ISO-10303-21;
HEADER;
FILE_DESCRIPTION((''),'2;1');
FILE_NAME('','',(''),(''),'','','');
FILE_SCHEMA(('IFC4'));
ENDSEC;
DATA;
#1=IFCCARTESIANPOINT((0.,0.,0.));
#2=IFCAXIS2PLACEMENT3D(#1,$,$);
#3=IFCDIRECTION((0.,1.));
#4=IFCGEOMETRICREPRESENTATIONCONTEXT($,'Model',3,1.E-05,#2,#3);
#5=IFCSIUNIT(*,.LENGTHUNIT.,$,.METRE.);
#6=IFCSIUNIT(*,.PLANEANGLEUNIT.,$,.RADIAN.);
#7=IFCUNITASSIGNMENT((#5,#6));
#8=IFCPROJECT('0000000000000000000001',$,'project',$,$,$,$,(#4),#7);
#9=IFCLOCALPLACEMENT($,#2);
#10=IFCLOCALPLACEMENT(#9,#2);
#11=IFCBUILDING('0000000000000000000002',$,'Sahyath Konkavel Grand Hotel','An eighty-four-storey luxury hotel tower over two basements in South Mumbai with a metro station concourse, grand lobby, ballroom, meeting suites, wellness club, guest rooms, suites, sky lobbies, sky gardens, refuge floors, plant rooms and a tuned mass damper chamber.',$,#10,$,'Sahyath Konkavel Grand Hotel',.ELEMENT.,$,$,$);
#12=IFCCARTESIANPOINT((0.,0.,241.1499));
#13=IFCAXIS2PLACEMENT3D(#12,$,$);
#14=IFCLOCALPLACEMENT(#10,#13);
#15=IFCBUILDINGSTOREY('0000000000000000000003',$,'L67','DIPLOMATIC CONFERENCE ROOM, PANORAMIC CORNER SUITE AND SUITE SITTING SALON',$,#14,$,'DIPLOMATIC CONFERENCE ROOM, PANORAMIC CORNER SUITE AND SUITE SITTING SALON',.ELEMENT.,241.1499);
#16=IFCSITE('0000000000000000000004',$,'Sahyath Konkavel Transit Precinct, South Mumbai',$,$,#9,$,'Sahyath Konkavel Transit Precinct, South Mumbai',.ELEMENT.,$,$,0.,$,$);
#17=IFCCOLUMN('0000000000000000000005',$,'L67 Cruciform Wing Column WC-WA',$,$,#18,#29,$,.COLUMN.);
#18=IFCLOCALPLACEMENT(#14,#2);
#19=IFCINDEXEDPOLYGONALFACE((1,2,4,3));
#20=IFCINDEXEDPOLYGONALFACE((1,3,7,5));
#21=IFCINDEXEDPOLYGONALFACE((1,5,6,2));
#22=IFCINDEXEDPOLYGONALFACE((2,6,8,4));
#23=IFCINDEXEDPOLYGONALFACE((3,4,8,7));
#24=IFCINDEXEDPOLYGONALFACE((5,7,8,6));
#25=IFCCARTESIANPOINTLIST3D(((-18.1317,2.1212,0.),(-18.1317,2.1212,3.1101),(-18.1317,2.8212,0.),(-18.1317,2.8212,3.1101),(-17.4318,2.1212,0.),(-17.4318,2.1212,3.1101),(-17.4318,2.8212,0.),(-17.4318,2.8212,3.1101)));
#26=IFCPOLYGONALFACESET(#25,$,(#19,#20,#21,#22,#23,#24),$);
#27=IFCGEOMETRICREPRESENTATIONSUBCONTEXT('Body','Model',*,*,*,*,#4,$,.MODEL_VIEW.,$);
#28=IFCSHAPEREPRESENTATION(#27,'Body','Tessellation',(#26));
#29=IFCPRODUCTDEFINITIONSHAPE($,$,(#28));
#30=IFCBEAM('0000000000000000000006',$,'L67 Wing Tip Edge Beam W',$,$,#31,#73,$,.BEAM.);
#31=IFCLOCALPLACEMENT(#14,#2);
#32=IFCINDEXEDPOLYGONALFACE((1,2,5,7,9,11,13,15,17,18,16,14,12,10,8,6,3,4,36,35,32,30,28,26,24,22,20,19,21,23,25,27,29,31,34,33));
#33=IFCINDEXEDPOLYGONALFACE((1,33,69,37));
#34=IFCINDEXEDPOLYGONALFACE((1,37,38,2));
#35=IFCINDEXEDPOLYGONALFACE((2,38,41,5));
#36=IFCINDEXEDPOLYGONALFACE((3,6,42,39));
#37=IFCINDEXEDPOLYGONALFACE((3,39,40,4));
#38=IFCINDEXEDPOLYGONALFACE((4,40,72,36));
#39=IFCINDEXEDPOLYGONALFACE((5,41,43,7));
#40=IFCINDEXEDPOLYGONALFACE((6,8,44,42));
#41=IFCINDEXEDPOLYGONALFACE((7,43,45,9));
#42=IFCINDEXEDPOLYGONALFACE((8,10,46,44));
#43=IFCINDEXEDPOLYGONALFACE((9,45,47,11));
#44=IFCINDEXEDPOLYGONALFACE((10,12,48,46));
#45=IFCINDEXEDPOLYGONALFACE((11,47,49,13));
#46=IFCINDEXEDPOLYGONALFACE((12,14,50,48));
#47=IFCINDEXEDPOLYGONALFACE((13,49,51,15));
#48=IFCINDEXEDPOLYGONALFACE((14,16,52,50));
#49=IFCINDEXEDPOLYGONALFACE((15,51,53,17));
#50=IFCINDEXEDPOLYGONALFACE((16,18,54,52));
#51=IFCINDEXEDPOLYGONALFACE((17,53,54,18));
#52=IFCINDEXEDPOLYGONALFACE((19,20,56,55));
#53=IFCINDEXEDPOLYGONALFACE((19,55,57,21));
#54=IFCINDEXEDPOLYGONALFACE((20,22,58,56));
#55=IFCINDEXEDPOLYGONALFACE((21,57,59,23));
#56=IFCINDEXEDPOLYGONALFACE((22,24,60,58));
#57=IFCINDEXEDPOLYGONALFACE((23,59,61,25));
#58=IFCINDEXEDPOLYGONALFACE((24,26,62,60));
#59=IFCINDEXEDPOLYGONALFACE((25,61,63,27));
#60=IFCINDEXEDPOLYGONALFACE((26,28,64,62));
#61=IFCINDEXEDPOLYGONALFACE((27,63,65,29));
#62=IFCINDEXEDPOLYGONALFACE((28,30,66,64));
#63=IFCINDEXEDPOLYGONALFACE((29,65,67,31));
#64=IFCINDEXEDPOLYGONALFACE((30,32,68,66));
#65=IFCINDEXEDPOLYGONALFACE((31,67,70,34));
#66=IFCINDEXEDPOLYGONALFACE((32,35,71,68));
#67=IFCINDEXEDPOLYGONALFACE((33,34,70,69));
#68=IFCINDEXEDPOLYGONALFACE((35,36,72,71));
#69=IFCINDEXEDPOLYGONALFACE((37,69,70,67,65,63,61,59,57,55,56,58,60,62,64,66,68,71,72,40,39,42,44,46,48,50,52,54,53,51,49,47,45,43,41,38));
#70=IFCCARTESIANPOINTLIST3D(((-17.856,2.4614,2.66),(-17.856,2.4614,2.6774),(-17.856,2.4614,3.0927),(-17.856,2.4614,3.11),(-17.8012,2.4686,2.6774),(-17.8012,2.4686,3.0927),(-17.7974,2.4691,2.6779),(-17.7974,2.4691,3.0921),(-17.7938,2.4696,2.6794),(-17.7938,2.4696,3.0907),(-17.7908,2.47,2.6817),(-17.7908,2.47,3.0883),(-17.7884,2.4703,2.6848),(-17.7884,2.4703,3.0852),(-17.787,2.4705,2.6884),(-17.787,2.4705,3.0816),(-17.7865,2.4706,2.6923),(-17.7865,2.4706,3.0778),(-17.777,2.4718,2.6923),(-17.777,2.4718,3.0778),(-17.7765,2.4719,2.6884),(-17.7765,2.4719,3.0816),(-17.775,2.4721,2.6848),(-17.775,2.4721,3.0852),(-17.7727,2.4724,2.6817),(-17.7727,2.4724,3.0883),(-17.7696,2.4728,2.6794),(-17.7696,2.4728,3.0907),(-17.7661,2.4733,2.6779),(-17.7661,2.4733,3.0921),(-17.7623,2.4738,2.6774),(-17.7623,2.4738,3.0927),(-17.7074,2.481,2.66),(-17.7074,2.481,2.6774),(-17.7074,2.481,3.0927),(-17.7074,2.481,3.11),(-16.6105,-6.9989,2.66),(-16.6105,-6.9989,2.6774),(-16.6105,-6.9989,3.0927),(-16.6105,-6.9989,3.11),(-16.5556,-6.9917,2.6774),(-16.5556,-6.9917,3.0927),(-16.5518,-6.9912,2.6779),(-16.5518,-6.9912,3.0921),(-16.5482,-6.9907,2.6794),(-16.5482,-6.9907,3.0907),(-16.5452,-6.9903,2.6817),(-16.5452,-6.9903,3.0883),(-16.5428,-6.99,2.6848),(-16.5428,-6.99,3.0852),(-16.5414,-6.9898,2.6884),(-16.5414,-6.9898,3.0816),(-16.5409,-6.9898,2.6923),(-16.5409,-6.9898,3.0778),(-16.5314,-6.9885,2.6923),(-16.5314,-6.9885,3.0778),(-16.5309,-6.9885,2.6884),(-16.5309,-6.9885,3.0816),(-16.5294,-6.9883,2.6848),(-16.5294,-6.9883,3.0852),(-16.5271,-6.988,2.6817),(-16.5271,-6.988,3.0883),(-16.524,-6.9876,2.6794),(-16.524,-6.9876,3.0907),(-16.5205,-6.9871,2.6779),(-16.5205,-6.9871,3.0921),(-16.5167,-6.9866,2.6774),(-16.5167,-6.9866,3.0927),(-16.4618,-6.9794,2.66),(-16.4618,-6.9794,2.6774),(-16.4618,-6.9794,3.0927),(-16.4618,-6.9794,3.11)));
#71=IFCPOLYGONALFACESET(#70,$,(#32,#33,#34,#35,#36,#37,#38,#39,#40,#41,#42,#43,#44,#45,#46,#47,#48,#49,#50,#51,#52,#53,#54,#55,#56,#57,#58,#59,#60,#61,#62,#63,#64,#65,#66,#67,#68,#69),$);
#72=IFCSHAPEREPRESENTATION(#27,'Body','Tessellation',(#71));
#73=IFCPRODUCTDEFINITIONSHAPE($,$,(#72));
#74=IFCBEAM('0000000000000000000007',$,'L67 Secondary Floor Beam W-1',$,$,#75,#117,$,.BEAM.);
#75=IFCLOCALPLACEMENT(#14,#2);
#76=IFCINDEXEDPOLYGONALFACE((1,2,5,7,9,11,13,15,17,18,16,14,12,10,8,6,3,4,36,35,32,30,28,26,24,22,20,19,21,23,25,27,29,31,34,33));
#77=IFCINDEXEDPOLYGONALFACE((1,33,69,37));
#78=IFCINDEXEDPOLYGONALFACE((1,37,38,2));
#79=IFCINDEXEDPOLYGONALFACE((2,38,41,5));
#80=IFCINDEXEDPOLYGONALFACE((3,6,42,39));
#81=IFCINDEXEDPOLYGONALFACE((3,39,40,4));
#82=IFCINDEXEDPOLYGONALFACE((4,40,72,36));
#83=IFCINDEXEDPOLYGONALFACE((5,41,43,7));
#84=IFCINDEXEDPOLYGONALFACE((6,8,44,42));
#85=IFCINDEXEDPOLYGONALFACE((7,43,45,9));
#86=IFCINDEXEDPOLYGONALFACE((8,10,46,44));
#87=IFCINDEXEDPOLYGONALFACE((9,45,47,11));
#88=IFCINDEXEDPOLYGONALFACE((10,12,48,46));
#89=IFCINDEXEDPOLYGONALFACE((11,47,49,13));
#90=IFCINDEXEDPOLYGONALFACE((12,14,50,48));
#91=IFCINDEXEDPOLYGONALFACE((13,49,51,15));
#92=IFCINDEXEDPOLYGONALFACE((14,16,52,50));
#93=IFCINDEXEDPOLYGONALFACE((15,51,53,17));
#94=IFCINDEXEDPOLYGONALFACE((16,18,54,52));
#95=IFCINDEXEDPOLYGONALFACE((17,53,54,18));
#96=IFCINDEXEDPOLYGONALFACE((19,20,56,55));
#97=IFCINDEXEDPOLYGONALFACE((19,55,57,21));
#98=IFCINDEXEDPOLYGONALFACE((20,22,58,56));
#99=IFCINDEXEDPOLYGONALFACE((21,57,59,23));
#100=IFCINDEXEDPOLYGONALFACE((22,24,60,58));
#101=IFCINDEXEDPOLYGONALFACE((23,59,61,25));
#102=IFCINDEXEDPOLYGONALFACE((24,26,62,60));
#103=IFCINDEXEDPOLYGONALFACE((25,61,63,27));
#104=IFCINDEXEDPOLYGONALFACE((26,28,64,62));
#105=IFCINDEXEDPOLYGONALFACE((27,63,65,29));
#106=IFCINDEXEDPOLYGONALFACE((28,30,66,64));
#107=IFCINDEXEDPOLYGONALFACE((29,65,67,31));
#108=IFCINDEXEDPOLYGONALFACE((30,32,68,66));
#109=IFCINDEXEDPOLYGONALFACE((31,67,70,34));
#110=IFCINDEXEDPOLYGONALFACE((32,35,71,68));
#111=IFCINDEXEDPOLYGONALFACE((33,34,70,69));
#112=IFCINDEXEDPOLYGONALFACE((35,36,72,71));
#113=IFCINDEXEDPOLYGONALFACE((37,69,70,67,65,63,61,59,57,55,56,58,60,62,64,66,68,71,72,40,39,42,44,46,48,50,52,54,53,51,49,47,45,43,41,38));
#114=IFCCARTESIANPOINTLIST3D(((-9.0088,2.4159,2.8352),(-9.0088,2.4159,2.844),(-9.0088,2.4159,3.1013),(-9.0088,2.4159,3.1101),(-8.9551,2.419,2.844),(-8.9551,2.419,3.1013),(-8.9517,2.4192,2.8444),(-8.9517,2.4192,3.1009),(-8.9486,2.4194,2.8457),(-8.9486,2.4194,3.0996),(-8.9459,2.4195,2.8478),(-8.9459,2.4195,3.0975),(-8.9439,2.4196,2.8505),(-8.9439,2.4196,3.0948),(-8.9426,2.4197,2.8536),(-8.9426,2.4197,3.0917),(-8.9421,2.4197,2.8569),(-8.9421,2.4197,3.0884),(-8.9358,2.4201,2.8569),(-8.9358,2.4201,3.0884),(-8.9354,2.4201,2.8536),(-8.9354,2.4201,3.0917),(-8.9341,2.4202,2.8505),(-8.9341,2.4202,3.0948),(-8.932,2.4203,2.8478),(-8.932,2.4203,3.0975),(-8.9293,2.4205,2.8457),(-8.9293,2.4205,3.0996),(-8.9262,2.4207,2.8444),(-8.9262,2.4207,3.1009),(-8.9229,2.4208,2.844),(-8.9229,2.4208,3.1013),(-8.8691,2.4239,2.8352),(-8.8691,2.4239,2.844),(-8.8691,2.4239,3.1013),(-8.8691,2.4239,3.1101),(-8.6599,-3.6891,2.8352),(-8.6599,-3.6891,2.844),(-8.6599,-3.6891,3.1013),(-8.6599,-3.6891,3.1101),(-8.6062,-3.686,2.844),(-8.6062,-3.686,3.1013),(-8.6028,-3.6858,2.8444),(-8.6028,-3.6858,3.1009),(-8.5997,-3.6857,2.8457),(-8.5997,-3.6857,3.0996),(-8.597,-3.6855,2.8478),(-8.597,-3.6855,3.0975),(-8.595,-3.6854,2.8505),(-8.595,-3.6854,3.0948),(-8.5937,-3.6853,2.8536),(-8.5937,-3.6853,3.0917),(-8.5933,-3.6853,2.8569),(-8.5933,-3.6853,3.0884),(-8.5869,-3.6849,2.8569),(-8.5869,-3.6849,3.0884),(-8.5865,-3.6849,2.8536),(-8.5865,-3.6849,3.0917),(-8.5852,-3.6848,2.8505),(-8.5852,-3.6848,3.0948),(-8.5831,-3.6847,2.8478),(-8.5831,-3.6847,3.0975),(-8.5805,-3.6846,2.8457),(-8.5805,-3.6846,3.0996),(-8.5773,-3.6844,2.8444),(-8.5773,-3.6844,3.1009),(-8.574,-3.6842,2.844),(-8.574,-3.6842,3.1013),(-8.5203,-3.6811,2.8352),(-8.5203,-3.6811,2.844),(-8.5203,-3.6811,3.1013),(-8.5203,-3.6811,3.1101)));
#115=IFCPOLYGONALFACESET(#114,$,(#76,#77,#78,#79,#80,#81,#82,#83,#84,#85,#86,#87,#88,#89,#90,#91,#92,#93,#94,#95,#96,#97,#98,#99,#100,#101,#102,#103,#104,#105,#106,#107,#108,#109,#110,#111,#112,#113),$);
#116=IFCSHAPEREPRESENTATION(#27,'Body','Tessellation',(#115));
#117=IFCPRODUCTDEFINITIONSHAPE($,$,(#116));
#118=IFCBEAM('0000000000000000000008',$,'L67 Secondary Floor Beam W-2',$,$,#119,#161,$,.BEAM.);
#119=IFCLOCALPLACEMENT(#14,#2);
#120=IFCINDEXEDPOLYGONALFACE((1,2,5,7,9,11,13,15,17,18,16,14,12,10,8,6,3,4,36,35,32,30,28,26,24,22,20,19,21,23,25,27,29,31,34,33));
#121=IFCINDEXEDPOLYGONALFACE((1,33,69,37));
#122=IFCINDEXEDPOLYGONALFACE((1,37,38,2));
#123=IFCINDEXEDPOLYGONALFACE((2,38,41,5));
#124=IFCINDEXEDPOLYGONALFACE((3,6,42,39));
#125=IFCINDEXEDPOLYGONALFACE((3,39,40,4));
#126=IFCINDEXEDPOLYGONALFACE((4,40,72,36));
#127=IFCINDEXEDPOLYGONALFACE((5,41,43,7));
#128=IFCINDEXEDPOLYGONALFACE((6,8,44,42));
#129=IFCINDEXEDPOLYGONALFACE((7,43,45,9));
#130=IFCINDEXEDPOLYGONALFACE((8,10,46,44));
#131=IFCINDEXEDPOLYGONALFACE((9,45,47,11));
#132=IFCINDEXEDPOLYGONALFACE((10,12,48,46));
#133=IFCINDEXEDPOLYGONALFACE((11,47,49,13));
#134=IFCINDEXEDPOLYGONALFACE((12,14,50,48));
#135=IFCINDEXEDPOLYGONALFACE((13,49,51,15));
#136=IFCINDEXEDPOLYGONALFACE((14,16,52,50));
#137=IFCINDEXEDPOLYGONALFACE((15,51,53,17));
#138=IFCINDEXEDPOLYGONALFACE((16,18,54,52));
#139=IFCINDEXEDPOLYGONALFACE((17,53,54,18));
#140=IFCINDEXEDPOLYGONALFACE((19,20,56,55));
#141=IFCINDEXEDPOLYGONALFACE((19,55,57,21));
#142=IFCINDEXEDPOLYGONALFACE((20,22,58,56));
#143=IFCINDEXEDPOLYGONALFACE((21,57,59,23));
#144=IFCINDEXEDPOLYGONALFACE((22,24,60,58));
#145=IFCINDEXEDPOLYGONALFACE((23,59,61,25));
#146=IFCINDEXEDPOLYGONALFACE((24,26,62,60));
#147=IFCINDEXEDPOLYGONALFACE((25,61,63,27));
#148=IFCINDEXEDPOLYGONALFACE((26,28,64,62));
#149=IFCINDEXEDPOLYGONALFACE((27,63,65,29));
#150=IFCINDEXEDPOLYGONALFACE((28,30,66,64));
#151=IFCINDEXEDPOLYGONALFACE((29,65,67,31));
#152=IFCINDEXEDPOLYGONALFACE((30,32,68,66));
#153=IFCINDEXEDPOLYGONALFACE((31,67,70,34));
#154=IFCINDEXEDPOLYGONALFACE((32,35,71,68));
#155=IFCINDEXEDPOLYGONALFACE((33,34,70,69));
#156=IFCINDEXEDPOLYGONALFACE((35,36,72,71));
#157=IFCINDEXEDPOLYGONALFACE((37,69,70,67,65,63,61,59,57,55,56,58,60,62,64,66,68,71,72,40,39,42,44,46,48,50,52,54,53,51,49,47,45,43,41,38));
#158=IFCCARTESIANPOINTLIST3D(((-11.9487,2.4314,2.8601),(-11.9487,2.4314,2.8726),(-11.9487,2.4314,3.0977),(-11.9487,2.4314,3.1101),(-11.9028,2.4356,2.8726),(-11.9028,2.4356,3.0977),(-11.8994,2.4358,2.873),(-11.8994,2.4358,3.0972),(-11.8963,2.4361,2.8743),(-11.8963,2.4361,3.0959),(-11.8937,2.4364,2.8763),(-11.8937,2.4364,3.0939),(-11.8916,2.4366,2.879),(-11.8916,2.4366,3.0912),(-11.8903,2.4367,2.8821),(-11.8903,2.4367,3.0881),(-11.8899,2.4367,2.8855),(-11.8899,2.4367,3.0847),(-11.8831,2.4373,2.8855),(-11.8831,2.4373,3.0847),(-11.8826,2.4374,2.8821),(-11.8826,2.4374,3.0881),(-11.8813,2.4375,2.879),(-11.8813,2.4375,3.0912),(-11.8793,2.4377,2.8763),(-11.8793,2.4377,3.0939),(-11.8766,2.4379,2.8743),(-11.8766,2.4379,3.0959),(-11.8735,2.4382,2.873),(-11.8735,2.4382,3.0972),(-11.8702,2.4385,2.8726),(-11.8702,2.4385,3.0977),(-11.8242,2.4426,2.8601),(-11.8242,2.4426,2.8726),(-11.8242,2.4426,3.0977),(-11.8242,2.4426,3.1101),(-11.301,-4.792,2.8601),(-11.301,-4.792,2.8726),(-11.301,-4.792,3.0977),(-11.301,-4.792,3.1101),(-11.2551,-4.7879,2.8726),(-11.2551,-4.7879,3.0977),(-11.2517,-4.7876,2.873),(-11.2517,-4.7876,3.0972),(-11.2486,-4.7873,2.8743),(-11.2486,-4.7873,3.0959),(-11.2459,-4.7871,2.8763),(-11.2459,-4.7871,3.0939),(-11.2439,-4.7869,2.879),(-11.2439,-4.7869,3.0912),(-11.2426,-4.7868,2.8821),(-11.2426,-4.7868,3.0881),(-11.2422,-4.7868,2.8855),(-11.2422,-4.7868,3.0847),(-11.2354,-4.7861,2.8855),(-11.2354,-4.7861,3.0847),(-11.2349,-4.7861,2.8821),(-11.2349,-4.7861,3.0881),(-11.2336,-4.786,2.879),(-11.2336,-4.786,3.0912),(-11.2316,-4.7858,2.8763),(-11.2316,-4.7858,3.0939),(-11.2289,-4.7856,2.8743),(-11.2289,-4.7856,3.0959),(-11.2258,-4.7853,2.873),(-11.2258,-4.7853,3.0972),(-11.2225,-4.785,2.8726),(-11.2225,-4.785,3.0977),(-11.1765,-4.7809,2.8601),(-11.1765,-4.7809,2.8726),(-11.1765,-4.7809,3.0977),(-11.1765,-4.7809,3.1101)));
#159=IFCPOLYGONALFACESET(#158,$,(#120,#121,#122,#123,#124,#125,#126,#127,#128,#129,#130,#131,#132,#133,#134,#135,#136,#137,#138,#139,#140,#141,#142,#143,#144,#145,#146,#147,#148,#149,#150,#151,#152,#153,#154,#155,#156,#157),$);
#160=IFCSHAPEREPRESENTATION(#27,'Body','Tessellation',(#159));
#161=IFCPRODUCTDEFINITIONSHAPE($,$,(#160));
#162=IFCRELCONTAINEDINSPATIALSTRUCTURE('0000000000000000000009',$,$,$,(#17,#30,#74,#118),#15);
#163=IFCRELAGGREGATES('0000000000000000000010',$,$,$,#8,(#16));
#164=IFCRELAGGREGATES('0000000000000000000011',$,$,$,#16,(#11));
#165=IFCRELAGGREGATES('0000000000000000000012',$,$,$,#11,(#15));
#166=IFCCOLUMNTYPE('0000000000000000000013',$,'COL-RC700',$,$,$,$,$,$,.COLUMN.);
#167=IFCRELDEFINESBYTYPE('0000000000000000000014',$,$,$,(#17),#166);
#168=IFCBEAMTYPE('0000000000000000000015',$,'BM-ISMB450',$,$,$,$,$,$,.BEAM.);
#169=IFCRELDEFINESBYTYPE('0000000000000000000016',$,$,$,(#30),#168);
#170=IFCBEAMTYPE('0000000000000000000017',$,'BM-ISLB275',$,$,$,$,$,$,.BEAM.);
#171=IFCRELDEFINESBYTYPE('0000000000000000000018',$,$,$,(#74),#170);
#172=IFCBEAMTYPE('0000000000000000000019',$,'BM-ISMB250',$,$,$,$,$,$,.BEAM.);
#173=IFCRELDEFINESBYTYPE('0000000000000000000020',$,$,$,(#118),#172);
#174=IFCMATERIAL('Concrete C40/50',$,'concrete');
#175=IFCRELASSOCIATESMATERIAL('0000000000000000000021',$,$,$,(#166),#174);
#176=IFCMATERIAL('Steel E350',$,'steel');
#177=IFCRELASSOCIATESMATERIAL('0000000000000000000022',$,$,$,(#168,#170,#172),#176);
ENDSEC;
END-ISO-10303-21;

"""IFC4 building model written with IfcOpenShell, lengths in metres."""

from ifc_helpers import new_model, si_unit, direction, frame, origin, origin_2d, place, context, subcontext, project, spatial, rectangle, i_section, extrude, source, transform, mapped, material, material_profile, profile_set, type_object, element, save


model = new_model("IFC4")

# Units and contexts
model_context = context("Model", 3, precision=1e-05, world=origin(), true_north=direction((0.0, 1.0)))
body_context = subcontext(model_context, "Body", "Model", "MODEL_VIEW")
ifc_project = project(units=[si_unit("LENGTHUNIT", "METRE"), si_unit("PLANEANGLEUNIT", "RADIAN")], contexts=[model_context])

# Site, building, storey
site_placement = place(None, origin())
site = spatial("IfcSite", under=ifc_project, at=site_placement, Name="Sahyath Konkavel Transit Precinct, South Mumbai", LongName="Sahyath Konkavel Transit Precinct, South Mumbai", CompositionType="ELEMENT", RefElevation=0.0)
building_placement = place(site_placement, origin())
building = spatial("IfcBuilding", under=site, at=building_placement, Name="Sahyath Konkavel Grand Hotel", Description="An eighty-four-storey luxury hotel tower over two basements in South Mumbai with a metro station concourse, grand lobby, ballroom, meeting suites, wellness club, guest rooms, suites, sky lobbies, sky gardens, refuge floors, plant rooms and a tuned mass damper chamber.", LongName="Sahyath Konkavel Grand Hotel", CompositionType="ELEMENT")
storey_placement = place(building_placement, frame((0.0, 0.0, 241.1499)))
storey = spatial("IfcBuildingStorey", under=building, at=storey_placement, Name="L67", Description="DIPLOMATIC CONFERENCE ROOM, PANORAMIC CORNER SUITE AND SUITE SITTING SALON", LongName="DIPLOMATIC CONFERENCE ROOM, PANORAMIC CORNER SUITE AND SUITE SITTING SALON", CompositionType="ELEMENT", Elevation=241.1499)

# Column
ifc_material_1 = material(Name="Concrete C40/50", Category="concrete")
ifc_material_profile_1 = material_profile(ifc_material_1, rectangle(XDim=0.7, YDim=0.7, at=origin_2d()), Name="RC 700x700")
ifc_profile_set_1 = profile_set([ifc_material_profile_1], Name="Concrete C40/50")
column_type = type_object("IfcColumnType", Name="COL-RC700", PredefinedType="COLUMN", material=ifc_profile_set_1)
shared_shape_1 = source(origin(), body_context, "Body", "SweptSolid", [
    extrude(rectangle(XDim=0.7, YDim=0.7, at=origin_2d()), origin(), (0.0, 0.0, 1.0), 3.1101),
])
column_placement = place(storey_placement, frame((-17.7817, 2.4712, 0.0), z_axis=(0.0, 0.0, 1.0), x_axis=(1.0, 0.0, 0.0)))
element("IfcColumn", 1, at=column_placement, inside=storey, type_object=column_type, Name="L67 Cruciform Wing Column WC-WA", PredefinedType="COLUMN", context=body_context, shape_type="MappedRepresentation", body=[
    mapped(shared_shape_1, transform((0.0, 0.0, 0.0), scale=1.0)),
])

# Beams
ifc_material_2 = material(Name="Steel E350", Category="steel")
ifc_material_profile_2 = material_profile(ifc_material_2, i_section(OverallWidth=0.1499, OverallDepth=0.45, WebThickness=0.0095, FlangeThickness=0.0173, FilletRadius=0.0149, at=origin_2d()), Name="ISMB 450")
ifc_profile_set_2 = profile_set([ifc_material_profile_2], Name="Steel E350")
beam_type_1 = type_object("IfcBeamType", Name="BM-ISMB450", PredefinedType="BEAM", material=ifc_profile_set_2)
shared_shape_2 = source(origin(), body_context, "Body", "SweptSolid", [
    extrude(i_section(OverallWidth=0.1499, OverallDepth=0.45, WebThickness=0.0095, FlangeThickness=0.0173, FilletRadius=0.0149, at=origin_2d()), origin(), (0.0, 0.0, 1.0), 9.542),
])
beam_1_placement = place(storey_placement, frame((-17.7817, 2.4712, 2.885), z_axis=(0.130538, -0.991443, 0.0), x_axis=(0.991443, 0.130538, 0.0)))
element("IfcBeam", 2, at=beam_1_placement, inside=storey, type_object=beam_type_1, Name="L67 Wing Tip Edge Beam W", PredefinedType="BEAM", context=body_context, shape_type="MappedRepresentation", body=[
    mapped(shared_shape_2, transform((0.0, 0.0, 0.0), scale=1.0)),
])
ifc_material_profile_3 = material_profile(ifc_material_2, i_section(OverallWidth=0.1399, OverallDepth=0.2749, WebThickness=0.0063, FlangeThickness=0.0088, FilletRadius=0.0129, at=origin_2d()), Name="ISLB 275")
ifc_profile_set_3 = profile_set([ifc_material_profile_3], Name="Steel E350")
beam_type_2 = type_object("IfcBeamType", Name="BM-ISLB275", PredefinedType="BEAM", material=ifc_profile_set_3)
shared_shape_3 = source(origin(), body_context, "Body", "SweptSolid", [
    extrude(i_section(OverallWidth=0.1399, OverallDepth=0.2749, WebThickness=0.0063, FlangeThickness=0.0088, FilletRadius=0.0129, at=origin_2d()), origin(), (0.0, 0.0, 1.0), 6.115),
])
beam_2_placement = place(storey_placement, frame((-8.939, 2.4199, 2.9727), z_axis=(0.057053, -0.998371, 0.0), x_axis=(0.998371, 0.057053, 0.0)))
element("IfcBeam", 3, at=beam_2_placement, inside=storey, type_object=beam_type_2, Name="L67 Secondary Floor Beam W-1", PredefinedType="BEAM", context=body_context, shape_type="MappedRepresentation", body=[
    mapped(shared_shape_3, transform((0.0, 0.0, 0.0), scale=1.0)),
])
ifc_material_profile_4 = material_profile(ifc_material_2, i_section(OverallWidth=0.125, OverallDepth=0.25, WebThickness=0.0068, FlangeThickness=0.0125, FilletRadius=0.0129, at=origin_2d()), Name="ISMB 250")
ifc_profile_set_4 = profile_set([ifc_material_profile_4], Name="Steel E350")
beam_type_3 = type_object("IfcBeamType", Name="BM-ISMB250", PredefinedType="BEAM", material=ifc_profile_set_4)
shared_shape_4 = source(origin(), body_context, "Body", "SweptSolid", [
    extrude(i_section(OverallWidth=0.125, OverallDepth=0.25, WebThickness=0.0068, FlangeThickness=0.0125, FilletRadius=0.0129, at=origin_2d()), origin(), (0.0, 0.0, 1.0), 7.2524),
])
beam_3_placement = place(storey_placement, frame((-11.8865, 2.437, 2.9851), z_axis=(0.089309, -0.996004, 0.0), x_axis=(0.996004, 0.089309, 0.0)))
element("IfcBeam", 4, at=beam_3_placement, inside=storey, type_object=beam_type_3, Name="L67 Secondary Floor Beam W-2", PredefinedType="BEAM", context=body_context, shape_type="MappedRepresentation", body=[
    mapped(shared_shape_4, transform((0.0, 0.0, 0.0), scale=1.0)),
])

save(model, "model.ifc")
